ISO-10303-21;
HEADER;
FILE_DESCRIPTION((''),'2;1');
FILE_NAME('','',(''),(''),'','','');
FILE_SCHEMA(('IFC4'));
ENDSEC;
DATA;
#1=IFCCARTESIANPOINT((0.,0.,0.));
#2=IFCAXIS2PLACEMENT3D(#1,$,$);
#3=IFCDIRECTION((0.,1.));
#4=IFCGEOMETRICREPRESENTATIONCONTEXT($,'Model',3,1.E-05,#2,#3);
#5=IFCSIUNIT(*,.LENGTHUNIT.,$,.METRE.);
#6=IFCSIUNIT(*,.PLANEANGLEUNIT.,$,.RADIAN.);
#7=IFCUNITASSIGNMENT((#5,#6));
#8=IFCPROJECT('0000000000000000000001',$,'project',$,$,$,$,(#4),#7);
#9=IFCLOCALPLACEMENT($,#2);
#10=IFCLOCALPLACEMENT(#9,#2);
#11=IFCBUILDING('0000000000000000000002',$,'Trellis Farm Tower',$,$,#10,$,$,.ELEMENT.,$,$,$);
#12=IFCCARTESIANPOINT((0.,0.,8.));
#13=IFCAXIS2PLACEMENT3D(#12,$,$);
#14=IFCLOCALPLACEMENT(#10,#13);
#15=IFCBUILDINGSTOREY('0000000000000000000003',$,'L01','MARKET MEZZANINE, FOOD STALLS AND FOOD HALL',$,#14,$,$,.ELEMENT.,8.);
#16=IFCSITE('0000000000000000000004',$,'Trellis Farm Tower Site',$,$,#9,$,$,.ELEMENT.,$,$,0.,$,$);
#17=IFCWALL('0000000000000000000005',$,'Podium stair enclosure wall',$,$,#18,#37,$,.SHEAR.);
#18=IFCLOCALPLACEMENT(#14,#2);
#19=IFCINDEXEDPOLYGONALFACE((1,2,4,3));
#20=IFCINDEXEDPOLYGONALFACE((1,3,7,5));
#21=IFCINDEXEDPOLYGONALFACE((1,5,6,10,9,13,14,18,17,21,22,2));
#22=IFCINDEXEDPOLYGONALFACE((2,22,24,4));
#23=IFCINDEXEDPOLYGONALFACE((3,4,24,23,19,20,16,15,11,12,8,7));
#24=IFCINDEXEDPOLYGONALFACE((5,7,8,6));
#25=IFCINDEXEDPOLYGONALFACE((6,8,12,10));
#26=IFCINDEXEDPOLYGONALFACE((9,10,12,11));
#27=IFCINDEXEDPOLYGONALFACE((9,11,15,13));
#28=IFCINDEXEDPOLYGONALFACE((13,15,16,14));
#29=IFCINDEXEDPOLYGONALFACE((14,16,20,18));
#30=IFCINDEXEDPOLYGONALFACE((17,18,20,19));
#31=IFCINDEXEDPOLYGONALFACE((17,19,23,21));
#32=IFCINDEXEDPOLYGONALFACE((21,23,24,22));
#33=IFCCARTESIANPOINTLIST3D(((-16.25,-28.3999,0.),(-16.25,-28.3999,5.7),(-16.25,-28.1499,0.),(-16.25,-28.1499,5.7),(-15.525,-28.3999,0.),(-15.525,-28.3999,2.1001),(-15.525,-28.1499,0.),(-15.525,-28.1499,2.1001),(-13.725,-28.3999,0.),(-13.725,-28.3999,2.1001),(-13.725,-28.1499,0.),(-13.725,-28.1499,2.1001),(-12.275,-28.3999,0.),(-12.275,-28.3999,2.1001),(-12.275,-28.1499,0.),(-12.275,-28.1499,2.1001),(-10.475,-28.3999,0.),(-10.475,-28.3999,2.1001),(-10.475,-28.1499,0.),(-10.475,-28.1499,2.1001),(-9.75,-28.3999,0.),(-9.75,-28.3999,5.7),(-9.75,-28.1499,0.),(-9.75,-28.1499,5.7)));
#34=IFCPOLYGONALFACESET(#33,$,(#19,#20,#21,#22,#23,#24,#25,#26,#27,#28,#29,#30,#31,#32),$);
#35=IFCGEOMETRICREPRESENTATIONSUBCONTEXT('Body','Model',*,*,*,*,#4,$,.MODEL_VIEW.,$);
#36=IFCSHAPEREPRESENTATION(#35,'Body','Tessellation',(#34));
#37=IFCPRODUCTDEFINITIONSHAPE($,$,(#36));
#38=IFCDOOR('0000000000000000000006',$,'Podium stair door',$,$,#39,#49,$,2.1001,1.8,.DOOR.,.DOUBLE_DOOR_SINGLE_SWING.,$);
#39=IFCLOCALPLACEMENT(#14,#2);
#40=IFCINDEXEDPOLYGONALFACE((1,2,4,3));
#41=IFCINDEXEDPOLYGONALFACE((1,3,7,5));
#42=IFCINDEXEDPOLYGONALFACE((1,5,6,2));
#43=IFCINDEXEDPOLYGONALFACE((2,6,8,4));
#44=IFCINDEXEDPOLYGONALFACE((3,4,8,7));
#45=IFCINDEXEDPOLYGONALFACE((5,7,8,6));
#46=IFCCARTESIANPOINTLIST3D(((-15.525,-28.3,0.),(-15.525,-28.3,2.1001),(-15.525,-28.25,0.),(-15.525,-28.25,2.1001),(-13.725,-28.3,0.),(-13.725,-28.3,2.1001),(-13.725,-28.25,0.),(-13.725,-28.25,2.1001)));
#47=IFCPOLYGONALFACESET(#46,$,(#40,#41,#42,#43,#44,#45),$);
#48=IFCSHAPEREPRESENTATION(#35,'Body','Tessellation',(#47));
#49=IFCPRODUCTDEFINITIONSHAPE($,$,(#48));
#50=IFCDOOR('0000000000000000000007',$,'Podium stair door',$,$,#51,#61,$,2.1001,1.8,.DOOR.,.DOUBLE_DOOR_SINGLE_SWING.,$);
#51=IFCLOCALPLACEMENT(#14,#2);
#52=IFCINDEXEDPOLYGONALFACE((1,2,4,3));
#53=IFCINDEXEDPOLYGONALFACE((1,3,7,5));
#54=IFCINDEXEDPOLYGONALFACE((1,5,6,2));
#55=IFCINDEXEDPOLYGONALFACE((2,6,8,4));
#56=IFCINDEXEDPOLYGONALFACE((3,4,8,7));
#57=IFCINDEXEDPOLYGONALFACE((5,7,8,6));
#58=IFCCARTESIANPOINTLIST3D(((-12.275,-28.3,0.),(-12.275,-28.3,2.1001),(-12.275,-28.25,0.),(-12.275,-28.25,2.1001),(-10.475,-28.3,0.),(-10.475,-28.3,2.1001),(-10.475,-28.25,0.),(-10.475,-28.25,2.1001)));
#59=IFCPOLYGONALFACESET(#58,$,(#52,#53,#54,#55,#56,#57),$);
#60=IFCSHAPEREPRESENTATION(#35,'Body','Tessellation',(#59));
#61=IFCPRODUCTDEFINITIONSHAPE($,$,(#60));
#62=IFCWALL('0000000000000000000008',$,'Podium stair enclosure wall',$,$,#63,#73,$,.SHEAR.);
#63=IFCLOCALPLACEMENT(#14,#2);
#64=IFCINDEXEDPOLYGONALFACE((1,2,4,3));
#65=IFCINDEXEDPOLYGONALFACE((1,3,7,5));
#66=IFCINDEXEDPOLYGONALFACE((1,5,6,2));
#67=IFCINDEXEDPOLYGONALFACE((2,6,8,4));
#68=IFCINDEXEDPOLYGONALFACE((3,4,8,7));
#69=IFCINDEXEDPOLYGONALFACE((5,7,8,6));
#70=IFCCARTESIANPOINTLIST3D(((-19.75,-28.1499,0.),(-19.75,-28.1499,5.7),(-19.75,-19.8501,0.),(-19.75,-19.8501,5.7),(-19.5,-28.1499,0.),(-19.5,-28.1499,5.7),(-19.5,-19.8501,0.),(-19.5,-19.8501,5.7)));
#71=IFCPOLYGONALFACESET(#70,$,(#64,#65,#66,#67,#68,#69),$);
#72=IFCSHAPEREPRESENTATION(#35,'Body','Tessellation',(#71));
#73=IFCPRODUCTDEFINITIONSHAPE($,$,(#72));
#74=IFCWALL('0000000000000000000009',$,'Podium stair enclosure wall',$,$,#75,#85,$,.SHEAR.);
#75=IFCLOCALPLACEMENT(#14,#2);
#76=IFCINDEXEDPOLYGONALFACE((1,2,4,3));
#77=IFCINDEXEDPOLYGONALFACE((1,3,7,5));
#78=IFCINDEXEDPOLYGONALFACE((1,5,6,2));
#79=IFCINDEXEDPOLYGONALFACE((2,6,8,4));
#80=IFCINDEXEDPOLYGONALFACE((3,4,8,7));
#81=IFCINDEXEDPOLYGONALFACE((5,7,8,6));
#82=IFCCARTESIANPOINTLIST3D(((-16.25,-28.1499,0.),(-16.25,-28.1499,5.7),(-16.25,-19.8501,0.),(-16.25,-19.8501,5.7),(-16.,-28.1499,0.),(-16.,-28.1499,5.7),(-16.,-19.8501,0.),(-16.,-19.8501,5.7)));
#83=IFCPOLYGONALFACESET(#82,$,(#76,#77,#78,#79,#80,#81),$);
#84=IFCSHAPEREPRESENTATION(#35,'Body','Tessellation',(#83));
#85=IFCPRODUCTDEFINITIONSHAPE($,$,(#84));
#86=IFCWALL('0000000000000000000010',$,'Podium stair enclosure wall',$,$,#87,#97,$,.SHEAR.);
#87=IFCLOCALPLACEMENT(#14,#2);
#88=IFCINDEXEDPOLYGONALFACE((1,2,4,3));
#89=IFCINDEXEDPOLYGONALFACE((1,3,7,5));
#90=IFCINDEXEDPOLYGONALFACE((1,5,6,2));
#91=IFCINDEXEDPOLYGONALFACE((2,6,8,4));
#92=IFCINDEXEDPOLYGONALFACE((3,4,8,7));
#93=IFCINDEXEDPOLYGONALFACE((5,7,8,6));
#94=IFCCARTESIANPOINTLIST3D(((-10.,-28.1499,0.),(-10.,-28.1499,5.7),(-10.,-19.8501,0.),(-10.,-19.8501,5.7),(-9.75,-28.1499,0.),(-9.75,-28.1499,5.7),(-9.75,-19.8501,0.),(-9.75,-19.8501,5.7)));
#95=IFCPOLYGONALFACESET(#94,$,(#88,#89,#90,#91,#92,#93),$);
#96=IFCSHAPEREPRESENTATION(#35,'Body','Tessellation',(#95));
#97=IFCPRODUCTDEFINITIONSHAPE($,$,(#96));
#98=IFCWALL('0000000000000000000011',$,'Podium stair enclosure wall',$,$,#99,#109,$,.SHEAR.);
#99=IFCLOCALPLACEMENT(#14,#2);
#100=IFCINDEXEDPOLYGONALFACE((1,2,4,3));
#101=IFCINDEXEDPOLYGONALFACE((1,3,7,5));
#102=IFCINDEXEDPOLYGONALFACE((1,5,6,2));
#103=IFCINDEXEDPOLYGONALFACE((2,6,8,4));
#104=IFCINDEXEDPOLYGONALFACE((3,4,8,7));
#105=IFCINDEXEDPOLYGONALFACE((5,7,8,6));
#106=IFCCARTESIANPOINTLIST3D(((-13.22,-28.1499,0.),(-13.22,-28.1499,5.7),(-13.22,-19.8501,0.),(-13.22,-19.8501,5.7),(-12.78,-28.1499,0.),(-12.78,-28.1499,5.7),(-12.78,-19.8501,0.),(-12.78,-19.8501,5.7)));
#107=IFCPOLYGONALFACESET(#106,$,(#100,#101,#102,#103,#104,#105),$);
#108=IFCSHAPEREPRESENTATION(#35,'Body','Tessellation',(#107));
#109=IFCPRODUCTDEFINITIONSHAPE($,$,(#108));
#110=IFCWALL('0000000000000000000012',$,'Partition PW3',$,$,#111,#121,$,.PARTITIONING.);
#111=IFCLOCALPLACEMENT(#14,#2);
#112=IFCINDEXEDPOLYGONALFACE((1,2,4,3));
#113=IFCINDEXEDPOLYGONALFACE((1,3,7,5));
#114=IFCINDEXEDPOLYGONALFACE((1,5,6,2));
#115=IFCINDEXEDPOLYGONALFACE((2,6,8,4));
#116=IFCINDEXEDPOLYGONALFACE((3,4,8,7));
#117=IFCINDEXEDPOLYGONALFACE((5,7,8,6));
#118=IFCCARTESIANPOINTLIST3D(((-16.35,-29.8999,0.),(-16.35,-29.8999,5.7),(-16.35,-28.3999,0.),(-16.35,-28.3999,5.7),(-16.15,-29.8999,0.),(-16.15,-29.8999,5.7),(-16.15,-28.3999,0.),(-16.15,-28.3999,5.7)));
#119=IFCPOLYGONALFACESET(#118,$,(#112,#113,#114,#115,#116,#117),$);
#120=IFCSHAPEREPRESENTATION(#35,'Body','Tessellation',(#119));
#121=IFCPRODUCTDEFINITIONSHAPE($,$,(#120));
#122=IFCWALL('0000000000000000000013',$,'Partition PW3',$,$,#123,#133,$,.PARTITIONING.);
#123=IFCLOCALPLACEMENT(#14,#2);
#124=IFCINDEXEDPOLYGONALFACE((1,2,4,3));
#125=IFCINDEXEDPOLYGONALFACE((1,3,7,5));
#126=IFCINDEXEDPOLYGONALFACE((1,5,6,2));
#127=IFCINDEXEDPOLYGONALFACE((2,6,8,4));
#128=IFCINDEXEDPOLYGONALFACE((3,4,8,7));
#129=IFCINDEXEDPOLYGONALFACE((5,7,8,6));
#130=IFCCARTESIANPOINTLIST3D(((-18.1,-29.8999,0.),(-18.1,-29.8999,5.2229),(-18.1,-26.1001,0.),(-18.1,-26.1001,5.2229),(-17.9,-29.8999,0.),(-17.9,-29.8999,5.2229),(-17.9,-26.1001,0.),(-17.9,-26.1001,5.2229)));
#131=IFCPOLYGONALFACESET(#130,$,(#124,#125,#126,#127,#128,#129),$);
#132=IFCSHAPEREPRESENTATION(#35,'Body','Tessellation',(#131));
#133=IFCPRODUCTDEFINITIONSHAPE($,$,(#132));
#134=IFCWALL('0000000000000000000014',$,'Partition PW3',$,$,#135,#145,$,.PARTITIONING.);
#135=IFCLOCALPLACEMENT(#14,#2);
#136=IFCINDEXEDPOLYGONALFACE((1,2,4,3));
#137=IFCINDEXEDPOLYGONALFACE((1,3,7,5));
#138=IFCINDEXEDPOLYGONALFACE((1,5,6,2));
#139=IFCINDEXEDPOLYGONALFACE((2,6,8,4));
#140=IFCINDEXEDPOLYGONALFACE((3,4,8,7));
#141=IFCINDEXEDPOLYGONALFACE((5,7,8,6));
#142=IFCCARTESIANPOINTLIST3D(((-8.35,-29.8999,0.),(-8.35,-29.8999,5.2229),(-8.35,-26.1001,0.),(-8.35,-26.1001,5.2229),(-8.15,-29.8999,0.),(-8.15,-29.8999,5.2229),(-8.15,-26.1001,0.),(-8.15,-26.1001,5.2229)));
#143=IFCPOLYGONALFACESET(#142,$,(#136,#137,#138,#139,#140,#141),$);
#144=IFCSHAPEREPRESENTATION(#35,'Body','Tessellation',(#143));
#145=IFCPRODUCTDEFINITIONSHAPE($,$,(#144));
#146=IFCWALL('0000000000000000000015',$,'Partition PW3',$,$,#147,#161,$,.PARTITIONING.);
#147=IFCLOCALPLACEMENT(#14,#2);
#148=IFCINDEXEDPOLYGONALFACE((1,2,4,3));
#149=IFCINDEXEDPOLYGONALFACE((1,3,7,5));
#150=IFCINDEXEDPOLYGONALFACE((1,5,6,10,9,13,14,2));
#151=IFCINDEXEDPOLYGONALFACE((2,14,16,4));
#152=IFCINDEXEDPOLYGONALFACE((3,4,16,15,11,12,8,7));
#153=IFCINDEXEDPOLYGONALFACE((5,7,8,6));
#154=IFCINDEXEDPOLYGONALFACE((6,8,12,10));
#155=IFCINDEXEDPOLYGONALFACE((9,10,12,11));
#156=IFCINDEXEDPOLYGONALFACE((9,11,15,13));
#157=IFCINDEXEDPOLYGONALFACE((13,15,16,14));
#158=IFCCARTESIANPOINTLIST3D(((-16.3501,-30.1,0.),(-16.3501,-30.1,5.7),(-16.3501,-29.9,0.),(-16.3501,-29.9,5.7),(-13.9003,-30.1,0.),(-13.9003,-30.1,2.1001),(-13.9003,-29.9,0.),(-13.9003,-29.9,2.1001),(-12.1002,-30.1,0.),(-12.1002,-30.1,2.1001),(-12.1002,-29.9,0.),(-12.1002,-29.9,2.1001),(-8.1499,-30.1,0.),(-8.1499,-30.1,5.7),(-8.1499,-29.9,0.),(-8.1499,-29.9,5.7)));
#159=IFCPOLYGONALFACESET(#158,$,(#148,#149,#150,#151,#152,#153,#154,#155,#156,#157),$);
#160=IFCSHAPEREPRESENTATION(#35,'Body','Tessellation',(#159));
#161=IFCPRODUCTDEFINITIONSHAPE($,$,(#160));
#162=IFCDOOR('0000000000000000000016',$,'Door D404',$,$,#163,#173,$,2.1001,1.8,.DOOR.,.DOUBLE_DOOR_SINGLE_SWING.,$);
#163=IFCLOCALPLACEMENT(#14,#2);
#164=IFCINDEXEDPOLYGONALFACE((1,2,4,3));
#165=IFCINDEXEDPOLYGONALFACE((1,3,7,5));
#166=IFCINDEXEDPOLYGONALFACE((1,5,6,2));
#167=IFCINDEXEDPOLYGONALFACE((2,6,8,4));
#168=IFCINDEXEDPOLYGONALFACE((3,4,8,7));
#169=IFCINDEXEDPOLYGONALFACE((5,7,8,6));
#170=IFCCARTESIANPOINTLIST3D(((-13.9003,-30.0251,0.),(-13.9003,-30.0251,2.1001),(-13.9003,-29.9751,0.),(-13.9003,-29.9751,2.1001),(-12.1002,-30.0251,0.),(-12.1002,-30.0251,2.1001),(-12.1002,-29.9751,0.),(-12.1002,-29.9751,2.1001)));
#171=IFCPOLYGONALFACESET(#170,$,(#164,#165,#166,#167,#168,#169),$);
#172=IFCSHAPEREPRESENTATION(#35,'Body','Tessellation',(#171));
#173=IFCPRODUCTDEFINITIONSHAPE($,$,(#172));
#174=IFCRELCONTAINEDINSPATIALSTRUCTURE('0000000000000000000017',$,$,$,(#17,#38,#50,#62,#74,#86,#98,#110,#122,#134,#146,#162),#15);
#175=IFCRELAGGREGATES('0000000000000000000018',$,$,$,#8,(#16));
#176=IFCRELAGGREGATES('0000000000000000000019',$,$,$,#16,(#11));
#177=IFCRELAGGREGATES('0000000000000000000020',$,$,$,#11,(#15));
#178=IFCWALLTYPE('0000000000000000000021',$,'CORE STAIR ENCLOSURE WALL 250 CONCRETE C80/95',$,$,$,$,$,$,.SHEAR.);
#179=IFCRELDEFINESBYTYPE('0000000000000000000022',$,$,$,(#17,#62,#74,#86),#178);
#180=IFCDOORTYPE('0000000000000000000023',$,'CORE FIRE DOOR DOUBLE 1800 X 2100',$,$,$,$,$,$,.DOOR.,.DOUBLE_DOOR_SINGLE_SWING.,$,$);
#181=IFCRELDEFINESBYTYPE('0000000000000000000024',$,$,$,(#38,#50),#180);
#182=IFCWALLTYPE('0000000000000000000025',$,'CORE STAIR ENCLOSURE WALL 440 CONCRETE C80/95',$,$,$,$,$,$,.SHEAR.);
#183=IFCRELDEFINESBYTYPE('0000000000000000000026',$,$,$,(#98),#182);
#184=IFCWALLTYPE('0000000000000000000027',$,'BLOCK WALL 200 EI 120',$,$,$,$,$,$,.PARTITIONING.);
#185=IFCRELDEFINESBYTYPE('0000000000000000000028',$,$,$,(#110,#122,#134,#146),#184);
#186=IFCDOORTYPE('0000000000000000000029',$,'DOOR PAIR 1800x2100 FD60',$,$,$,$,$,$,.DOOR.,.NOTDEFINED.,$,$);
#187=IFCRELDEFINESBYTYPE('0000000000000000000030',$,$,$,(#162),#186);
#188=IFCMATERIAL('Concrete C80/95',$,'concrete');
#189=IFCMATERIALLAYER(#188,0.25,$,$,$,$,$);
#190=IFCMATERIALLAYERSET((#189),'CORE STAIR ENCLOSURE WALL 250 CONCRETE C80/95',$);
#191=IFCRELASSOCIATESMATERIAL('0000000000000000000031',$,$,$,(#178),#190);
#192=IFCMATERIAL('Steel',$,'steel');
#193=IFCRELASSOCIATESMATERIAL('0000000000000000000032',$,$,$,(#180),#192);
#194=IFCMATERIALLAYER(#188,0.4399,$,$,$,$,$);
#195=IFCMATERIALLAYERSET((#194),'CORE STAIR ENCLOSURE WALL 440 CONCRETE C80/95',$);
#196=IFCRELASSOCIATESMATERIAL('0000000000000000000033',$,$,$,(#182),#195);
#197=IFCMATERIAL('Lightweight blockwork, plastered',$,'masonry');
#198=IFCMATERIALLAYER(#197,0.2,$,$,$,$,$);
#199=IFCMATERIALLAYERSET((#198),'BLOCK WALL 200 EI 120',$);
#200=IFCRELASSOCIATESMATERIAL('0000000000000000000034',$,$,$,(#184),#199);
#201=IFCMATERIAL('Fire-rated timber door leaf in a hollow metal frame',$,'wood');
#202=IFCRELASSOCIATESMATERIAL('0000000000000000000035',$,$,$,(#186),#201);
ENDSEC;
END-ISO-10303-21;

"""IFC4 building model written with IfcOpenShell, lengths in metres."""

from ifc_helpers import new_model, si_unit, direction, frame, frame_2d, origin, place, context, subcontext, project, spatial, rectangle, extrude, source, transform, mapped, material, layer, layer_set, type_object, element, fill, save


model = new_model("IFC4")

# Units and contexts
model_context = context("Model", 3, precision=1e-05, world=origin(), true_north=direction((0.0, 1.0)))
body_context = subcontext(model_context, "Body", "Model", "MODEL_VIEW")
ifc_project = project(units=[si_unit("LENGTHUNIT", "METRE"), si_unit("PLANEANGLEUNIT", "RADIAN")], contexts=[model_context])

# Site, building, storey
site_placement = place(None, origin())
site = spatial("IfcSite", under=ifc_project, at=site_placement, Name="Trellis Farm Tower Site", CompositionType="ELEMENT", RefElevation=0.0)
building_placement = place(site_placement, origin())
building = spatial("IfcBuilding", under=site, at=building_placement, Name="Trellis Farm Tower", CompositionType="ELEMENT")
storey_placement = place(building_placement, frame((0.0, 0.0, 8.0)))
storey = spatial("IfcBuildingStorey", under=building, at=storey_placement, Name="L01", Description="MARKET MEZZANINE, FOOD STALLS AND FOOD HALL", CompositionType="ELEMENT", Elevation=8.0)

# Shared definitions
ifc_material_1 = material(Name="Concrete C80/95", Category="concrete")

# Wall, openings, doors
ifc_layer_1 = layer(ifc_material_1, 0.25)
ifc_layer_set_1 = layer_set([ifc_layer_1], Name="CORE STAIR ENCLOSURE WALL 250 CONCRETE C80/95")
wall_type_1 = type_object("IfcWallType", Name="CORE STAIR ENCLOSURE WALL 250 CONCRETE C80/95", PredefinedType="SHEAR", material=ifc_layer_set_1)
shared_shape_1 = source(origin(), body_context, "Body", "SweptSolid", [
    extrude(rectangle(XDim=6.5, YDim=0.25, at=frame_2d((3.25, 0.0))), origin(), (0.0, 0.0, 1.0), 5.7),
])
wall_1_placement = place(storey_placement, frame((-16.25, -28.2749, 0.0), z_axis=(0.0, 0.0, 1.0), x_axis=(1.0, 0.0, 0.0)))
wall_1 = element("IfcWall", 1, at=wall_1_placement, inside=storey, type_object=wall_type_1, Name="Podium stair enclosure wall", PredefinedType="SHEAR", context=body_context, shape_type="MappedRepresentation", body=[
    mapped(shared_shape_1, transform((0.0, 0.0, 0.0))),
])
shared_shape_2 = source(origin(), body_context, "Body", "SweptSolid", [
    extrude(rectangle(XDim=1.8, YDim=2.1001, at=frame_2d((0.8999, 1.05))), frame((0.0, 0.135, 0.0), z_axis=(0.0, -1.0, 0.0), x_axis=(1.0, 0.0, 0.0)), (0.0, 0.0, 1.0), 0.27),
])
opening_1_placement = place(wall_1_placement, frame((0.7251, 0.0, 0.0)))
opening_1 = element("IfcOpeningElement", 2, at=opening_1_placement, cuts=wall_1, PredefinedType="OPENING", context=body_context, shape_type="MappedRepresentation", body=[
    mapped(shared_shape_2, transform((0.0, 0.0, 0.0))),
])
opening_2_placement = place(wall_1_placement, frame((3.9751, 0.0, 0.0)))
opening_2 = element("IfcOpeningElement", 3, at=opening_2_placement, cuts=wall_1, PredefinedType="OPENING", context=body_context, shape_type="MappedRepresentation", body=[
    mapped(shared_shape_2, transform((0.0, 0.0, 0.0))),
])
ifc_material_2 = material(Name="Steel", Category="steel")
door_type_1 = type_object("IfcDoorType", Name="CORE FIRE DOOR DOUBLE 1800 X 2100", OperationType="DOUBLE_DOOR_SINGLE_SWING", PredefinedType="DOOR", material=ifc_material_2)
shared_shape_3 = source(origin(), body_context, "Body", "SweptSolid", [
    extrude(rectangle(XDim=1.8, YDim=2.1001, at=frame_2d((0.8999, 1.05))), frame((0.0, 0.0249, 0.0), z_axis=(0.0, -1.0, 0.0), x_axis=(1.0, 0.0, 0.0)), (0.0, 0.0, 1.0), 0.05),
])
door_1_placement = place(opening_1_placement, origin())
door_1 = element("IfcDoor", 4, at=door_1_placement, inside=storey, type_object=door_type_1, Name="Podium stair door", OperationType="DOUBLE_DOOR_SINGLE_SWING", OverallHeight=2.1001, OverallWidth=1.8, PredefinedType="DOOR", context=body_context, shape_type="MappedRepresentation", body=[
    mapped(shared_shape_3, transform((0.0, 0.0, 0.0))),
])
fill(opening_1, door_1)
door_2_placement = place(opening_2_placement, origin())
door_2 = element("IfcDoor", 5, at=door_2_placement, inside=storey, type_object=door_type_1, Name="Podium stair door", OperationType="DOUBLE_DOOR_SINGLE_SWING", OverallHeight=2.1001, OverallWidth=1.8, PredefinedType="DOOR", context=body_context, shape_type="MappedRepresentation", body=[
    mapped(shared_shape_3, transform((0.0, 0.0, 0.0))),
])
fill(opening_2, door_2)

# Walls
shared_shape_4 = source(origin(), body_context, "Body", "SweptSolid", [
    extrude(rectangle(XDim=8.2998, YDim=0.25, at=frame_2d((4.1499, 0.0))), origin(), (0.0, 0.0, 1.0), 5.7),
])
for number, where, z_axis, x_axis, name in (
    (6, (-19.625, -28.1499, 0.0), (0.0, 0.0, 1.0), (0.0, 1.0, 0.0), "Podium stair enclosure wall"),
    (7, (-16.125, -28.1499, 0.0), (0.0, 0.0, 1.0), (0.0, 1.0, 0.0), "Podium stair enclosure wall"),
    (8, (-9.875, -28.1499, 0.0), (0.0, 0.0, 1.0), (0.0, 1.0, 0.0), "Podium stair enclosure wall"),
):
    element("IfcWall", number, at=place(storey_placement, frame(where, z_axis=z_axis, x_axis=x_axis)), inside=storey, type_object=wall_type_1, Name=name, PredefinedType="SHEAR", context=body_context, shape_type="MappedRepresentation", body=[
        mapped(shared_shape_4, transform((0.0, 0.0, 0.0))),
    ])
ifc_layer_2 = layer(ifc_material_1, 0.4399)
ifc_layer_set_2 = layer_set([ifc_layer_2], Name="CORE STAIR ENCLOSURE WALL 440 CONCRETE C80/95")
wall_type_2 = type_object("IfcWallType", Name="CORE STAIR ENCLOSURE WALL 440 CONCRETE C80/95", PredefinedType="SHEAR", material=ifc_layer_set_2)
shared_shape_5 = source(origin(), body_context, "Body", "SweptSolid", [
    extrude(rectangle(XDim=8.2998, YDim=0.4399, at=frame_2d((4.1499, 0.0))), origin(), (0.0, 0.0, 1.0), 5.7),
])
wall_2_placement = place(storey_placement, frame((-13.0, -28.1499, 0.0), z_axis=(0.0, 0.0, 1.0), x_axis=(0.0, 1.0, 0.0)))
element("IfcWall", 9, at=wall_2_placement, inside=storey, type_object=wall_type_2, Name="Podium stair enclosure wall", PredefinedType="SHEAR", context=body_context, shape_type="MappedRepresentation", body=[
    mapped(shared_shape_5, transform((0.0, 0.0, 0.0))),
])
ifc_material_3 = material(Name="Lightweight blockwork, plastered", Category="masonry")
ifc_layer_3 = layer(ifc_material_3, 0.2)
ifc_layer_set_3 = layer_set([ifc_layer_3], Name="BLOCK WALL 200 EI 120")
wall_type_3 = type_object("IfcWallType", Name="BLOCK WALL 200 EI 120", PredefinedType="PARTITIONING", material=ifc_layer_set_3)
shared_shape_6 = source(origin(), body_context, "Body", "SweptSolid", [
    extrude(rectangle(XDim=1.5, YDim=0.2, at=frame_2d((0.75, 0.0))), origin(), (0.0, 0.0, 1.0), 5.7),
])
wall_3_placement = place(storey_placement, frame((-16.25, -29.8999, 0.0), z_axis=(0.0, 0.0, 1.0), x_axis=(0.0, 1.0, 0.0)))
element("IfcWall", 10, at=wall_3_placement, inside=storey, type_object=wall_type_3, Name="Partition PW3", PredefinedType="PARTITIONING", context=body_context, shape_type="MappedRepresentation", body=[
    mapped(shared_shape_6, transform((0.0, 0.0, 0.0))),
])
shared_shape_7 = source(origin(), body_context, "Body", "SweptSolid", [
    extrude(rectangle(XDim=3.7998, YDim=0.2, at=frame_2d((1.8999, 0.0))), origin(), (0.0, 0.0, 1.0), 5.2229),
])
for number, where, z_axis, x_axis, name in (
    (11, (-18.0, -26.1001, 0.0), (0.0, 0.0, 1.0), (0.0, -1.0, 0.0), "Partition PW3"),
    (12, (-8.25, -29.8999, 0.0), (0.0, 0.0, 1.0), (0.0, 1.0, 0.0), "Partition PW3"),
):
    element("IfcWall", number, at=place(storey_placement, frame(where, z_axis=z_axis, x_axis=x_axis)), inside=storey, type_object=wall_type_3, Name=name, PredefinedType="PARTITIONING", context=body_context, shape_type="MappedRepresentation", body=[
        mapped(shared_shape_7, transform((0.0, 0.0, 0.0))),
    ])

# Wall, opening, door
shared_shape_8 = source(origin(), body_context, "Body", "SweptSolid", [
    extrude(rectangle(XDim=8.2002, YDim=0.2, at=frame_2d((4.1001, 0.0))), origin(), (0.0, 0.0, 1.0), 5.7),
])
wall_4_placement = place(storey_placement, frame((-16.3501, -30.0, 0.0), z_axis=(0.0, 0.0, 1.0), x_axis=(1.0, 0.0, 0.0)))
wall_4 = element("IfcWall", 13, at=wall_4_placement, inside=storey, type_object=wall_type_3, Name="Partition PW3", PredefinedType="PARTITIONING", context=body_context, shape_type="MappedRepresentation", body=[
    mapped(shared_shape_8, transform((0.0, 0.0, 0.0))),
])
shared_shape_9 = source(origin(), body_context, "Body", "SweptSolid", [
    extrude(rectangle(XDim=1.8, YDim=2.1001, at=frame_2d((0.8999, 1.05))), frame((0.0, 0.1101, 0.0), z_axis=(0.0, -1.0, 0.0), x_axis=(1.0, 0.0, 0.0)), (0.0, 0.0, 1.0), 0.2202),
])
opening_3_placement = place(wall_4_placement, frame((2.45, 0.0, 0.0)))
opening_3 = element("IfcOpeningElement", 14, at=opening_3_placement, cuts=wall_4, PredefinedType="OPENING", context=body_context, shape_type="MappedRepresentation", body=[
    mapped(shared_shape_9, transform((0.0, 0.0, 0.0))),
])
ifc_material_4 = material(Name="Fire-rated timber door leaf in a hollow metal frame", Category="wood")
door_type_2 = type_object("IfcDoorType", Name="DOOR PAIR 1800x2100 FD60", OperationType="NOTDEFINED", PredefinedType="DOOR", material=ifc_material_4)
door_3_placement = place(opening_3_placement, origin())
door_3 = element("IfcDoor", 15, at=door_3_placement, inside=storey, type_object=door_type_2, Name="Door D404", OperationType="DOUBLE_DOOR_SINGLE_SWING", OverallHeight=2.1001, OverallWidth=1.8, PredefinedType="DOOR", context=body_context, shape_type="MappedRepresentation", body=[
    mapped(shared_shape_3, transform((0.0, 0.0, 0.0))),
])
fill(opening_3, door_3)

save(model, "model.ifc")
